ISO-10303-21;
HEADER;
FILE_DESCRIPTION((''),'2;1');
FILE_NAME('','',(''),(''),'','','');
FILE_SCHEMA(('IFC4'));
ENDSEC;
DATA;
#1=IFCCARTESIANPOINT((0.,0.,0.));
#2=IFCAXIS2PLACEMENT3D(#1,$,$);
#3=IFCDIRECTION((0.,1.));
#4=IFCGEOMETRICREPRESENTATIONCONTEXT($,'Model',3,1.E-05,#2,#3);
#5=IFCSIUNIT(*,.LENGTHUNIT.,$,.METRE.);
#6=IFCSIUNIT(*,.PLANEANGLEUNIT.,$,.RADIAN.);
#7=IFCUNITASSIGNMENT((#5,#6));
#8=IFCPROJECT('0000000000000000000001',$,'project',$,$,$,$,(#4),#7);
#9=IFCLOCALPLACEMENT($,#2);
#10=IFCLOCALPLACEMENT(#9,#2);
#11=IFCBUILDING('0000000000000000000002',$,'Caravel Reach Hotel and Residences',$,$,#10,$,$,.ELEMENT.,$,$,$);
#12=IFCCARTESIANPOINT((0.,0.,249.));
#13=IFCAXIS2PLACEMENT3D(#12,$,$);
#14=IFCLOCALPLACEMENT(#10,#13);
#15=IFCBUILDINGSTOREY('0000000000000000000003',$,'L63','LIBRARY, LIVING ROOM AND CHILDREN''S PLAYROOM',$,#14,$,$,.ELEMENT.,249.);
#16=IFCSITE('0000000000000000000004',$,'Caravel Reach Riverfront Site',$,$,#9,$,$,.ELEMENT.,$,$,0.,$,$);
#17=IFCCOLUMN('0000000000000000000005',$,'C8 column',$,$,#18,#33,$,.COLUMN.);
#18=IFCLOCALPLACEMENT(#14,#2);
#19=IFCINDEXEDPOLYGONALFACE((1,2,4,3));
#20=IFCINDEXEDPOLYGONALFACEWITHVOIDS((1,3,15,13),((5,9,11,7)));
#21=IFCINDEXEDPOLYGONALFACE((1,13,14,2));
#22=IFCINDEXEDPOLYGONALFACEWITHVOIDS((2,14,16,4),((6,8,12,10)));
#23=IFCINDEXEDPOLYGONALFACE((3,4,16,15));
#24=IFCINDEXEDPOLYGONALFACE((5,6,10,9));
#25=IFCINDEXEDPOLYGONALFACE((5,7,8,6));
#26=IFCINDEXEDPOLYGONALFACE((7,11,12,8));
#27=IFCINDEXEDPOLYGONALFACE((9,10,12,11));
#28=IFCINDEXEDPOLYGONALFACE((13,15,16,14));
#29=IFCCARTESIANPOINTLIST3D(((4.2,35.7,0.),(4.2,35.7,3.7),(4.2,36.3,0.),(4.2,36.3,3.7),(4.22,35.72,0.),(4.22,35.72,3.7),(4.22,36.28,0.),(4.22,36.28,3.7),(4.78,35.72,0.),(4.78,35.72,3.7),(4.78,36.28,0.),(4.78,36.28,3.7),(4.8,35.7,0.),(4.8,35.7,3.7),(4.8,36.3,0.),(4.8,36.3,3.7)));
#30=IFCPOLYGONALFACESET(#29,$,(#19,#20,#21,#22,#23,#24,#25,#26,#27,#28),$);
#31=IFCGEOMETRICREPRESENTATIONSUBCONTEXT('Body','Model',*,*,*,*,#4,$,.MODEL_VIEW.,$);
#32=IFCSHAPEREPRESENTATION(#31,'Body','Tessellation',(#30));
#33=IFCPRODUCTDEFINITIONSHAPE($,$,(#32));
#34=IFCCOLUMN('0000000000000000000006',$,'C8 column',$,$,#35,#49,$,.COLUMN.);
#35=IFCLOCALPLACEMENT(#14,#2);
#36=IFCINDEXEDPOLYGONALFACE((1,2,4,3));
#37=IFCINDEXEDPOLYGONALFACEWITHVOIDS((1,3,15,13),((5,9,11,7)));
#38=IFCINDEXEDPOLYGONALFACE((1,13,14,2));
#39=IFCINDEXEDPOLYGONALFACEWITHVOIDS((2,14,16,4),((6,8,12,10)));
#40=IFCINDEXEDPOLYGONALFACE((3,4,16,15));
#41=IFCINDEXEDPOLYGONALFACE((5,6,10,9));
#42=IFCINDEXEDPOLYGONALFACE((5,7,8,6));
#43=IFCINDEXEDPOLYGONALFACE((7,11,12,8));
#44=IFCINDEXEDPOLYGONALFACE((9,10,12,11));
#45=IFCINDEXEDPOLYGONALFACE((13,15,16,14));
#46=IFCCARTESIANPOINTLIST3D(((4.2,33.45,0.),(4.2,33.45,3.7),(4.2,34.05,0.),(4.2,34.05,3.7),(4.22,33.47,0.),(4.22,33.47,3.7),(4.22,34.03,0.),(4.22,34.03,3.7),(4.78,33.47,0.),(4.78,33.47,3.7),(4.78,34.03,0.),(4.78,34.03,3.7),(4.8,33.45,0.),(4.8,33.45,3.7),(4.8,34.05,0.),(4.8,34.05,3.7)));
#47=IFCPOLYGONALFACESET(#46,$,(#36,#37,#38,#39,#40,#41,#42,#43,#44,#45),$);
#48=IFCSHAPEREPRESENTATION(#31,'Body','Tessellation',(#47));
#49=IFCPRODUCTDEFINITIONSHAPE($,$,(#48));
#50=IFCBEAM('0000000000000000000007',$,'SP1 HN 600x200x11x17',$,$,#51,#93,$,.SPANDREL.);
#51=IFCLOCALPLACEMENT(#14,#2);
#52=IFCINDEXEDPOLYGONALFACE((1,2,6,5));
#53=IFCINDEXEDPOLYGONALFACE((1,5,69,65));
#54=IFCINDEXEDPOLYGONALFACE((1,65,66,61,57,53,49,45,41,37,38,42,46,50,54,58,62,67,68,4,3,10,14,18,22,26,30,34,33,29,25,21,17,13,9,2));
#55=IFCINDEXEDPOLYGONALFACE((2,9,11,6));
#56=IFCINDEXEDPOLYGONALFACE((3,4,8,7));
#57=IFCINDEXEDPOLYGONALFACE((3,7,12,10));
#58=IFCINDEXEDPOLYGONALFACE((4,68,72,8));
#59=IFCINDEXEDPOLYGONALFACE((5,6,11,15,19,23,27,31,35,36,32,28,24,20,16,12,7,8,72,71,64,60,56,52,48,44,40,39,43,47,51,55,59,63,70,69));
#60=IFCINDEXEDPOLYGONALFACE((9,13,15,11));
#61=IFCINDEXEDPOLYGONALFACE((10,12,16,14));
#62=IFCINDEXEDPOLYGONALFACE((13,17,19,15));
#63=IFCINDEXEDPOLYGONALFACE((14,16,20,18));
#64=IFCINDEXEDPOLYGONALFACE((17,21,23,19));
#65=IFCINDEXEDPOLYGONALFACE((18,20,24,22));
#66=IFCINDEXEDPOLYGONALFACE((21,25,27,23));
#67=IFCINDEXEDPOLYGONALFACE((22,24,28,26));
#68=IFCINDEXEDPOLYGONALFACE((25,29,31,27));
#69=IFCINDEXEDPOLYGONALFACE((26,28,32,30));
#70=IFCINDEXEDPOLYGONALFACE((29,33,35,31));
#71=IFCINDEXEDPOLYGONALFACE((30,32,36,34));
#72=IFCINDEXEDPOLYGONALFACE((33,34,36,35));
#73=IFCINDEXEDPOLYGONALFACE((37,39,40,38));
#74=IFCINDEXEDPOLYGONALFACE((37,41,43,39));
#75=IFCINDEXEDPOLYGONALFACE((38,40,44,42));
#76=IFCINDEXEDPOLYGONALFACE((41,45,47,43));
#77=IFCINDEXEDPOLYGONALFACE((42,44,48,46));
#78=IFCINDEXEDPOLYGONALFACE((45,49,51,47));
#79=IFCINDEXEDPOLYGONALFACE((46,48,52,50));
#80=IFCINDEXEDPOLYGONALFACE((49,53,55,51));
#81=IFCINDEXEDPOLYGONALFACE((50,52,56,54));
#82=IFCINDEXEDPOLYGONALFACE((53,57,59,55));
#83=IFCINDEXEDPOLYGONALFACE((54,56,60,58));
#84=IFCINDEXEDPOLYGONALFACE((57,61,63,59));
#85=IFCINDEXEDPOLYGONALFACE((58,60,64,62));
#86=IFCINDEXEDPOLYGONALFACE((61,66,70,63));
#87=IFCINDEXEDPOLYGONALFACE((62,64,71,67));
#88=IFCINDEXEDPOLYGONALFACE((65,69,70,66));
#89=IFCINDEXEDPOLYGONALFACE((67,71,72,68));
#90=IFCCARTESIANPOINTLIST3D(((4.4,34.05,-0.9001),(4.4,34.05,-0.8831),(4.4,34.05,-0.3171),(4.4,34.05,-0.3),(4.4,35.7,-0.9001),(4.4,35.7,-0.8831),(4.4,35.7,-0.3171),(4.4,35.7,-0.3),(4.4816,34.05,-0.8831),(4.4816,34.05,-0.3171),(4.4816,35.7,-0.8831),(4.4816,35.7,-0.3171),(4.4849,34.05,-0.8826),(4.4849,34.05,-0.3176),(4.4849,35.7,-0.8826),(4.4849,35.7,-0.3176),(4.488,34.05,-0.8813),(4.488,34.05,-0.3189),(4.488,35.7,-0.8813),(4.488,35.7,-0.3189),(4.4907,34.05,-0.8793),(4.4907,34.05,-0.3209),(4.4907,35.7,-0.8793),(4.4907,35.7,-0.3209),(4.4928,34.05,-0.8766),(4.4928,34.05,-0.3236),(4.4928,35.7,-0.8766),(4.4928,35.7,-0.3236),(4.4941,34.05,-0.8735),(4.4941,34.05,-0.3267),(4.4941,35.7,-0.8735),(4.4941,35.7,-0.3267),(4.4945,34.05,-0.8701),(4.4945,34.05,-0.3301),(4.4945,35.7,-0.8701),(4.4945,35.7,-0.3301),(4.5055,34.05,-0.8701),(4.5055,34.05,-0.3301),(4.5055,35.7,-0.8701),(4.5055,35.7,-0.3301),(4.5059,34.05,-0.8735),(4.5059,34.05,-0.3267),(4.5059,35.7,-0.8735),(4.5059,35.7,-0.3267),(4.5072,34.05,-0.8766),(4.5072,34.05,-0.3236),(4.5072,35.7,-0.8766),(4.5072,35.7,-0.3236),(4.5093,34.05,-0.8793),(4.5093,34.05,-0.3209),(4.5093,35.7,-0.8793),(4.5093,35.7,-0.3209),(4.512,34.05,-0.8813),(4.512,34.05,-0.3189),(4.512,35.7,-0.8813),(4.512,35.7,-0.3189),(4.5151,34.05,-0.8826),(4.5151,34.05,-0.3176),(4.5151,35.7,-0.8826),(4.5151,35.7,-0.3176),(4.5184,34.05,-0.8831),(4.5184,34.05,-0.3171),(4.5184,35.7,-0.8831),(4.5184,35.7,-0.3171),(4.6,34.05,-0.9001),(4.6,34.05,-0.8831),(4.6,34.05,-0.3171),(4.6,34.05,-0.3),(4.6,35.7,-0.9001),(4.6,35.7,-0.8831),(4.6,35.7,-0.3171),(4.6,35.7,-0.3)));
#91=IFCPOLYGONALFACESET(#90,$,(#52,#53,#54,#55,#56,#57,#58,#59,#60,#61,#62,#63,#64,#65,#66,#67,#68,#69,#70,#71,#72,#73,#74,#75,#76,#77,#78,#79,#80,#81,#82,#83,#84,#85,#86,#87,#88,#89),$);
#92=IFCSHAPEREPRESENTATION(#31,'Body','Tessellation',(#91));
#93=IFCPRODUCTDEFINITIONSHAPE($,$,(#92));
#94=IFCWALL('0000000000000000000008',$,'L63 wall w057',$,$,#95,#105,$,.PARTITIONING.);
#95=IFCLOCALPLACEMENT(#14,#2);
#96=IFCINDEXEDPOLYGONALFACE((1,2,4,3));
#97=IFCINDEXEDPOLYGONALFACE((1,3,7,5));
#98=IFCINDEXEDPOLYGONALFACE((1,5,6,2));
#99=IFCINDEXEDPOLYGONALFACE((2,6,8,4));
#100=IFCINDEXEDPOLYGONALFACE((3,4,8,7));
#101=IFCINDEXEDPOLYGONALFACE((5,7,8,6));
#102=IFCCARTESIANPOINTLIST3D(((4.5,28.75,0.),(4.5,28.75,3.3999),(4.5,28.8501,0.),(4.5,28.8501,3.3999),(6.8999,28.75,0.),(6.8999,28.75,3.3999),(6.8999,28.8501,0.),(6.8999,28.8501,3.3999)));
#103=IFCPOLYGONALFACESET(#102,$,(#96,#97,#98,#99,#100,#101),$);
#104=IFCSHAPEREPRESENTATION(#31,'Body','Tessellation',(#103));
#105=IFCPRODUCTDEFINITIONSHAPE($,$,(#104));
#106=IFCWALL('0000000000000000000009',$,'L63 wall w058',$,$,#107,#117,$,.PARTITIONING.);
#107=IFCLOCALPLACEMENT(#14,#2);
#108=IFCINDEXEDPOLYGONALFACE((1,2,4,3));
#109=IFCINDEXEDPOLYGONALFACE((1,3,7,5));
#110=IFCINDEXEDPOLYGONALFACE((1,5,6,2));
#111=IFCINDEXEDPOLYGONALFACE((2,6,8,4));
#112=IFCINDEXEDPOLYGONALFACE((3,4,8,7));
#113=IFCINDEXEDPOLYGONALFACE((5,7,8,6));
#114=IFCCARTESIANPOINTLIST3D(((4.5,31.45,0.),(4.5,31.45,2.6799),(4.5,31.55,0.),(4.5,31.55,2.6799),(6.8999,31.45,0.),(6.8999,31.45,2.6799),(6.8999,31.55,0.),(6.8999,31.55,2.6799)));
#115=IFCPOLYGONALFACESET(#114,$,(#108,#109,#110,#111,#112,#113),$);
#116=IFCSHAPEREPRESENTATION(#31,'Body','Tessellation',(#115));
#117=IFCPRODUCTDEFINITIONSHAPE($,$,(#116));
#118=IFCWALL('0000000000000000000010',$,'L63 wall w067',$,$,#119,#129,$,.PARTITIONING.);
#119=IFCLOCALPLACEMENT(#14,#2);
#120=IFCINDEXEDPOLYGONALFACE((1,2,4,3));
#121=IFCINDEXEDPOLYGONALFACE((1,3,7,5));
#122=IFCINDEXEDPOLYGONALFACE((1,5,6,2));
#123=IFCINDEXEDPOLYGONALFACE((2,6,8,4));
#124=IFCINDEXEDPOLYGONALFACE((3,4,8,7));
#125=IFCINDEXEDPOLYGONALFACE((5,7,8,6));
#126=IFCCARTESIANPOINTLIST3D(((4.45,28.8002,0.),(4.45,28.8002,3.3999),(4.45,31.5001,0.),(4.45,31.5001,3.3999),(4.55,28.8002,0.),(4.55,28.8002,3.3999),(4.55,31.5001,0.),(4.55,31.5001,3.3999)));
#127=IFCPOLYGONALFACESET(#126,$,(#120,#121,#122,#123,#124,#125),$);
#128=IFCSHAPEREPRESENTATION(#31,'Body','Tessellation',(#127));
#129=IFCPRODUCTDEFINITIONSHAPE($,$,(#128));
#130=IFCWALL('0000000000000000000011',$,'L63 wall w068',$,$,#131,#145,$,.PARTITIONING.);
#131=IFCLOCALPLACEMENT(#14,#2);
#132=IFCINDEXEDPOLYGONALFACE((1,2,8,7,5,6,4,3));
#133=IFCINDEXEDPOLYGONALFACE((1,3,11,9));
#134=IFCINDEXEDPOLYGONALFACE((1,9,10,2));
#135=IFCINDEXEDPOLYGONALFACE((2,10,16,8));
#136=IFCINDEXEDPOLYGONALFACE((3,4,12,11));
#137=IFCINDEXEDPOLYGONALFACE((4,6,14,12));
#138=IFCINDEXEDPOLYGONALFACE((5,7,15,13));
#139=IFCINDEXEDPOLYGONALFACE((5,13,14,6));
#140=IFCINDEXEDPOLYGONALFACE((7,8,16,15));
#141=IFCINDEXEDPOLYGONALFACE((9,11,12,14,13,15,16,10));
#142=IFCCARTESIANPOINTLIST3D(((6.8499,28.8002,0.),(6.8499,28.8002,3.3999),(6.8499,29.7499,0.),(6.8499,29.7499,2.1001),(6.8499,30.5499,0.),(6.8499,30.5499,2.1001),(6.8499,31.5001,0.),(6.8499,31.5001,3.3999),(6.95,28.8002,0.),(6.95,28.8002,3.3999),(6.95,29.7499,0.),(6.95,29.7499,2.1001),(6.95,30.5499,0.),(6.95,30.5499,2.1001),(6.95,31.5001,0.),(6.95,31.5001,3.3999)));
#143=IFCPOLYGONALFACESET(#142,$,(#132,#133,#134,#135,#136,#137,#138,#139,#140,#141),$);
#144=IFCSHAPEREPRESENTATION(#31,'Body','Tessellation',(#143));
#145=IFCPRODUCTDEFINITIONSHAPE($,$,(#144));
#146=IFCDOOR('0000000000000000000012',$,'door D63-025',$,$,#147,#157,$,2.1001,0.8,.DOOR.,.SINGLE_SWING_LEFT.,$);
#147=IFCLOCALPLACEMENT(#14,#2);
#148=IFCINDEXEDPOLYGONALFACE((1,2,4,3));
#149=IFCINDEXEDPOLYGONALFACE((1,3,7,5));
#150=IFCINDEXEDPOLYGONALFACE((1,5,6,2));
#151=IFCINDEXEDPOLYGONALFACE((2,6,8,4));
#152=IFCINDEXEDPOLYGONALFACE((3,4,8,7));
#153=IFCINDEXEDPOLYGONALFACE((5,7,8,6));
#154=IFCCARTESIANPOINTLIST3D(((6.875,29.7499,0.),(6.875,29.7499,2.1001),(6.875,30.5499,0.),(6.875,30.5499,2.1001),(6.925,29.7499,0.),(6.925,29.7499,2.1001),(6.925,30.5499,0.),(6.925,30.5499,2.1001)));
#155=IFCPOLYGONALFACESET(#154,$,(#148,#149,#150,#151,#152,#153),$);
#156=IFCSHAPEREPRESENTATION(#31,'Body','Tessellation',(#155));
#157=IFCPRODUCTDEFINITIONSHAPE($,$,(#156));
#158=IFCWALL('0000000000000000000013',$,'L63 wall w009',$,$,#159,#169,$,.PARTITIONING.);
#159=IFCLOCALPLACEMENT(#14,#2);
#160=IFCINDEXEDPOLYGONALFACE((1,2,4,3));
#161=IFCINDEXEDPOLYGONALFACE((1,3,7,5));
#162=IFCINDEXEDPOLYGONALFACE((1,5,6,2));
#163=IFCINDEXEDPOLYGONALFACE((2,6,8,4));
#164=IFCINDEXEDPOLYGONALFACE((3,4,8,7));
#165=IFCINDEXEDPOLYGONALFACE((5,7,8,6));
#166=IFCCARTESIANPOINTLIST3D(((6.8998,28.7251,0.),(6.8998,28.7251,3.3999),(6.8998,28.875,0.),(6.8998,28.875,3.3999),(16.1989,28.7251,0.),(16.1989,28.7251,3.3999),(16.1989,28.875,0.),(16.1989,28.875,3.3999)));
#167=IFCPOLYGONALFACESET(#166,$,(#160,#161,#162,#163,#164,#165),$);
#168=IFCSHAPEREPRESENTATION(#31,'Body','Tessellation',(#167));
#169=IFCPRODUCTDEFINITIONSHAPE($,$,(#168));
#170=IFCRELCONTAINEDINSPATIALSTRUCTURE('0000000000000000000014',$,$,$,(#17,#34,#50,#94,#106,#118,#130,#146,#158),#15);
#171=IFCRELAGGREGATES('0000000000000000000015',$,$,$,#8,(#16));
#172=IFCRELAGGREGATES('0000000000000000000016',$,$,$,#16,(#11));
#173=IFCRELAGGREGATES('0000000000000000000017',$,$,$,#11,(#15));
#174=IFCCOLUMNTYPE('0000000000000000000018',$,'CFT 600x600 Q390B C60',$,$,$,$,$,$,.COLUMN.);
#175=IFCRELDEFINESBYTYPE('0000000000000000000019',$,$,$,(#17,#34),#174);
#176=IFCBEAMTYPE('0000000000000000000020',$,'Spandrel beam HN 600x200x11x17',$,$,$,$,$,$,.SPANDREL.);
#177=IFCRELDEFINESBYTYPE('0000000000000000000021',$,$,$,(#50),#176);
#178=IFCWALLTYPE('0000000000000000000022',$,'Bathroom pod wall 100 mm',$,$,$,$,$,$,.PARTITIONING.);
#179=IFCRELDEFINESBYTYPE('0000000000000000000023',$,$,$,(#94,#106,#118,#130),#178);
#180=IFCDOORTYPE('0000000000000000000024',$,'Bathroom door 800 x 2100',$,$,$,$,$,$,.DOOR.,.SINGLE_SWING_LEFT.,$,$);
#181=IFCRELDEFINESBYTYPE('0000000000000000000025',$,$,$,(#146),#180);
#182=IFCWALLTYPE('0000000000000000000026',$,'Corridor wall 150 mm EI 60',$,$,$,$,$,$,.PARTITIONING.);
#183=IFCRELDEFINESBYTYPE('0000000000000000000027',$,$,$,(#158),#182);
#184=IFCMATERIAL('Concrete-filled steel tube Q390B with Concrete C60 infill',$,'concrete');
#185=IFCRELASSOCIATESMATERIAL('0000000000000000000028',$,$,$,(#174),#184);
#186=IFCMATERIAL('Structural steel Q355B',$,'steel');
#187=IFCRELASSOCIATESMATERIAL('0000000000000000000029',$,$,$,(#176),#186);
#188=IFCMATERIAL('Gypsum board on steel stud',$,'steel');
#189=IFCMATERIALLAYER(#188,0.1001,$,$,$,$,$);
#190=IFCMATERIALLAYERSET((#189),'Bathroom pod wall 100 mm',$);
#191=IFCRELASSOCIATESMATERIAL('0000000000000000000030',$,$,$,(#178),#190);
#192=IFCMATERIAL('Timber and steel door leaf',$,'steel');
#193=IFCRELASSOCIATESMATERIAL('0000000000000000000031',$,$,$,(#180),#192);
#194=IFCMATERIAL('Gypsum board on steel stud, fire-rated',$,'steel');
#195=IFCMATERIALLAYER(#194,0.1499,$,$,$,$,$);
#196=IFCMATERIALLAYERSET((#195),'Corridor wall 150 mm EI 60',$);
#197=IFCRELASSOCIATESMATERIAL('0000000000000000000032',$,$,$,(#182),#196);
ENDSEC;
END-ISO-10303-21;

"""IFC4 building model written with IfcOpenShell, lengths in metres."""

from ifc_helpers import new_model, si_unit, direction, frame, frame_2d, origin, origin_2d, place, context, subcontext, project, spatial, rectangle, hollow_rectangle, i_section, extrude, material, layer, layer_set, material_profile, profile_set, type_object, element, fill, save


model = new_model("IFC4")

# Units and contexts
model_context = context("Model", 3, precision=1e-05, world=origin(), true_north=direction((0.0, 1.0)))
body_context = subcontext(model_context, "Body", "Model", "MODEL_VIEW")
ifc_project = project(units=[si_unit("LENGTHUNIT", "METRE"), si_unit("PLANEANGLEUNIT", "RADIAN")], contexts=[model_context])

# Site, building, storey
site_placement = place(None, origin())
site = spatial("IfcSite", under=ifc_project, at=site_placement, Name="Caravel Reach Riverfront Site", CompositionType="ELEMENT", RefElevation=0.0)
building_placement = place(site_placement, origin())
building = spatial("IfcBuilding", under=site, at=building_placement, Name="Caravel Reach Hotel and Residences", CompositionType="ELEMENT")
storey_placement = place(building_placement, frame((0.0, 0.0, 249.0)))
storey = spatial("IfcBuildingStorey", under=building, at=storey_placement, Name="L63", Description="LIBRARY, LIVING ROOM AND CHILDREN'S PLAYROOM", CompositionType="ELEMENT", Elevation=249.0)

# Columns
ifc_material_1 = material(Name="Concrete-filled steel tube Q390B with Concrete C60 infill", Category="concrete")
ifc_material_profile_1 = material_profile(ifc_material_1, hollow_rectangle(XDim=0.6001, YDim=0.6001, WallThickness=0.02, at=origin_2d()), Name="RHS 600x600x20")
ifc_profile_set_1 = profile_set([ifc_material_profile_1], Name="Concrete-filled steel tube Q390B with Concrete C60 infill")
column_type = type_object("IfcColumnType", Name="CFT 600x600 Q390B C60", PredefinedType="COLUMN", material=ifc_profile_set_1)
for number, where, z_axis, x_axis, name in (
    (1, (4.5, 36.0, 0.0), (0.0, 0.0, 1.0), (1.0, 0.0, 0.0), "C8 column"),
    (2, (4.5, 33.75, 0.0), (0.0, 0.0, 1.0), (1.0, 0.0, 0.0), "C8 column"),
):
    element("IfcColumn", number, at=place(storey_placement, frame(where, z_axis=z_axis, x_axis=x_axis)), inside=storey, type_object=column_type, Name=name, PredefinedType="COLUMN", context=body_context, shape_type="SweptSolid", body=[
        extrude(hollow_rectangle(XDim=0.6001, YDim=0.6001, WallThickness=0.02, at=origin_2d()), origin(), (0.0, 0.0, 1.0), 3.7),
    ])

# Beam
ifc_material_2 = material(Name="Structural steel Q355B", Category="steel")
ifc_material_profile_2 = material_profile(ifc_material_2, i_section(OverallWidth=0.2, OverallDepth=0.6001, WebThickness=0.011, FlangeThickness=0.0171, FilletRadius=0.0129, at=origin_2d()), Name="HN 600x200x11x17")
ifc_profile_set_2 = profile_set([ifc_material_profile_2], Name="Structural steel Q355B")
beam_type = type_object("IfcBeamType", Name="Spandrel beam HN 600x200x11x17", PredefinedType="SPANDREL", material=ifc_profile_set_2)
beam_placement = place(storey_placement, frame((4.5, 35.7, -0.6001), z_axis=(0.0, -1.0, 0.0), x_axis=(1.0, 0.0, 0.0)))
element("IfcBeam", 3, at=beam_placement, inside=storey, type_object=beam_type, Name="SP1 HN 600x200x11x17", PredefinedType="SPANDREL", context=body_context, shape_type="SweptSolid", body=[
    extrude(i_section(OverallWidth=0.2, OverallDepth=0.6001, WebThickness=0.011, FlangeThickness=0.0171, FilletRadius=0.0129, at=origin_2d()), origin(), (0.0, 0.0, 1.0), 1.6499),
])

# Walls
ifc_material_3 = material(Name="Gypsum board on steel stud", Category="steel")
ifc_layer_1 = layer(ifc_material_3, 0.1001)
ifc_layer_set_1 = layer_set([ifc_layer_1], Name="Bathroom pod wall 100 mm")
wall_type_1 = type_object("IfcWallType", Name="Bathroom pod wall 100 mm", PredefinedType="PARTITIONING", material=ifc_layer_set_1)
wall_1_placement = place(storey_placement, frame((4.5, 28.8, 0.0), z_axis=(0.0, 0.0, 1.0), x_axis=(1.0, 0.0, 0.0)))
element("IfcWall", 4, at=wall_1_placement, inside=storey, type_object=wall_type_1, Name="L63 wall w057", PredefinedType="PARTITIONING", context=body_context, shape_type="SweptSolid", body=[
    extrude(rectangle(XDim=2.3999, YDim=0.1001, at=frame_2d((1.2, 0.0))), origin(), (0.0, 0.0, 1.0), 3.3999),
])
wall_2_placement = place(storey_placement, frame((4.5, 31.5, 0.0), z_axis=(0.0, 0.0, 1.0), x_axis=(1.0, 0.0, 0.0)))
element("IfcWall", 5, at=wall_2_placement, inside=storey, type_object=wall_type_1, Name="L63 wall w058", PredefinedType="PARTITIONING", context=body_context, shape_type="SweptSolid", body=[
    extrude(rectangle(XDim=2.3999, YDim=0.1001, at=frame_2d((1.2, 0.0))), origin(), (0.0, 0.0, 1.0), 2.6799),
])
wall_3_placement = place(storey_placement, frame((4.5, 28.8, 0.0), z_axis=(0.0, 0.0, 1.0), x_axis=(0.0, 1.0, 0.0)))
element("IfcWall", 6, at=wall_3_placement, inside=storey, type_object=wall_type_1, Name="L63 wall w067", PredefinedType="PARTITIONING", context=body_context, shape_type="SweptSolid", body=[
    extrude(rectangle(XDim=2.7, YDim=0.1001, at=frame_2d((1.3501, 0.0))), origin(), (0.0, 0.0, 1.0), 3.3999),
])

# Wall, opening, door
wall_4_placement = place(storey_placement, frame((6.8999, 28.8, 0.0), z_axis=(0.0, 0.0, 1.0), x_axis=(0.0, 1.0, 0.0)))
wall_4 = element("IfcWall", 7, at=wall_4_placement, inside=storey, type_object=wall_type_1, Name="L63 wall w068", PredefinedType="PARTITIONING", context=body_context, shape_type="SweptSolid", body=[
    extrude(rectangle(XDim=2.7, YDim=0.1001, at=frame_2d((1.3501, 0.0))), origin(), (0.0, 0.0, 1.0), 3.3999),
])
opening_1_placement = place(wall_4_placement, frame((0.95, 0.0, 0.0)))
opening_1 = element("IfcOpeningElement", 8, at=opening_1_placement, cuts=wall_4, PredefinedType="OPENING", context=body_context, shape_type="SweptSolid", body=[
    extrude(rectangle(XDim=0.8, YDim=2.1001, at=frame_2d((0.3999, 1.05))), frame((0.0, 0.0601, 0.0), z_axis=(0.0, -1.0, 0.0), x_axis=(1.0, 0.0, 0.0)), (0.0, 0.0, 1.0), 0.1201),
])
ifc_material_4 = material(Name="Timber and steel door leaf", Category="steel")
door_type_1 = type_object("IfcDoorType", Name="Bathroom door 800 x 2100", OperationType="SINGLE_SWING_LEFT", PredefinedType="DOOR", material=ifc_material_4)
door_1_placement = place(opening_1_placement, origin())
door_1 = element("IfcDoor", 9, at=door_1_placement, inside=storey, type_object=door_type_1, Name="door D63-025", OperationType="SINGLE_SWING_LEFT", OverallHeight=2.1001, OverallWidth=0.8, PredefinedType="DOOR", context=body_context, shape_type="SweptSolid", body=[
    extrude(rectangle(XDim=0.8, YDim=2.1001, at=frame_2d((0.3999, 1.05))), frame((0.0, 0.0249, 0.0), z_axis=(0.0, -1.0, 0.0), x_axis=(1.0, 0.0, 0.0)), (0.0, 0.0, 1.0), 0.05),
])
fill(opening_1, door_1)

# Wall
ifc_material_5 = material(Name="Gypsum board on steel stud, fire-rated", Category="steel")
ifc_layer_2 = layer(ifc_material_5, 0.1499)
ifc_layer_set_2 = layer_set([ifc_layer_2], Name="Corridor wall 150 mm EI 60")
wall_type_2 = type_object("IfcWallType", Name="Corridor wall 150 mm EI 60", PredefinedType="PARTITIONING", material=ifc_layer_set_2)
wall_5_placement = place(storey_placement, frame((6.8999, 28.8, 0.0), z_axis=(0.0, 0.0, 1.0), x_axis=(1.0, 0.0, 0.0)))
element("IfcWall", 10, at=wall_5_placement, inside=storey, type_object=wall_type_2, Name="L63 wall w009", PredefinedType="PARTITIONING", context=body_context, shape_type="SweptSolid", body=[
    extrude(rectangle(XDim=9.2991, YDim=0.1499, at=frame_2d((4.6494, 0.0))), origin(), (0.0, 0.0, 1.0), 3.3999),
])

save(model, "model.ifc")
